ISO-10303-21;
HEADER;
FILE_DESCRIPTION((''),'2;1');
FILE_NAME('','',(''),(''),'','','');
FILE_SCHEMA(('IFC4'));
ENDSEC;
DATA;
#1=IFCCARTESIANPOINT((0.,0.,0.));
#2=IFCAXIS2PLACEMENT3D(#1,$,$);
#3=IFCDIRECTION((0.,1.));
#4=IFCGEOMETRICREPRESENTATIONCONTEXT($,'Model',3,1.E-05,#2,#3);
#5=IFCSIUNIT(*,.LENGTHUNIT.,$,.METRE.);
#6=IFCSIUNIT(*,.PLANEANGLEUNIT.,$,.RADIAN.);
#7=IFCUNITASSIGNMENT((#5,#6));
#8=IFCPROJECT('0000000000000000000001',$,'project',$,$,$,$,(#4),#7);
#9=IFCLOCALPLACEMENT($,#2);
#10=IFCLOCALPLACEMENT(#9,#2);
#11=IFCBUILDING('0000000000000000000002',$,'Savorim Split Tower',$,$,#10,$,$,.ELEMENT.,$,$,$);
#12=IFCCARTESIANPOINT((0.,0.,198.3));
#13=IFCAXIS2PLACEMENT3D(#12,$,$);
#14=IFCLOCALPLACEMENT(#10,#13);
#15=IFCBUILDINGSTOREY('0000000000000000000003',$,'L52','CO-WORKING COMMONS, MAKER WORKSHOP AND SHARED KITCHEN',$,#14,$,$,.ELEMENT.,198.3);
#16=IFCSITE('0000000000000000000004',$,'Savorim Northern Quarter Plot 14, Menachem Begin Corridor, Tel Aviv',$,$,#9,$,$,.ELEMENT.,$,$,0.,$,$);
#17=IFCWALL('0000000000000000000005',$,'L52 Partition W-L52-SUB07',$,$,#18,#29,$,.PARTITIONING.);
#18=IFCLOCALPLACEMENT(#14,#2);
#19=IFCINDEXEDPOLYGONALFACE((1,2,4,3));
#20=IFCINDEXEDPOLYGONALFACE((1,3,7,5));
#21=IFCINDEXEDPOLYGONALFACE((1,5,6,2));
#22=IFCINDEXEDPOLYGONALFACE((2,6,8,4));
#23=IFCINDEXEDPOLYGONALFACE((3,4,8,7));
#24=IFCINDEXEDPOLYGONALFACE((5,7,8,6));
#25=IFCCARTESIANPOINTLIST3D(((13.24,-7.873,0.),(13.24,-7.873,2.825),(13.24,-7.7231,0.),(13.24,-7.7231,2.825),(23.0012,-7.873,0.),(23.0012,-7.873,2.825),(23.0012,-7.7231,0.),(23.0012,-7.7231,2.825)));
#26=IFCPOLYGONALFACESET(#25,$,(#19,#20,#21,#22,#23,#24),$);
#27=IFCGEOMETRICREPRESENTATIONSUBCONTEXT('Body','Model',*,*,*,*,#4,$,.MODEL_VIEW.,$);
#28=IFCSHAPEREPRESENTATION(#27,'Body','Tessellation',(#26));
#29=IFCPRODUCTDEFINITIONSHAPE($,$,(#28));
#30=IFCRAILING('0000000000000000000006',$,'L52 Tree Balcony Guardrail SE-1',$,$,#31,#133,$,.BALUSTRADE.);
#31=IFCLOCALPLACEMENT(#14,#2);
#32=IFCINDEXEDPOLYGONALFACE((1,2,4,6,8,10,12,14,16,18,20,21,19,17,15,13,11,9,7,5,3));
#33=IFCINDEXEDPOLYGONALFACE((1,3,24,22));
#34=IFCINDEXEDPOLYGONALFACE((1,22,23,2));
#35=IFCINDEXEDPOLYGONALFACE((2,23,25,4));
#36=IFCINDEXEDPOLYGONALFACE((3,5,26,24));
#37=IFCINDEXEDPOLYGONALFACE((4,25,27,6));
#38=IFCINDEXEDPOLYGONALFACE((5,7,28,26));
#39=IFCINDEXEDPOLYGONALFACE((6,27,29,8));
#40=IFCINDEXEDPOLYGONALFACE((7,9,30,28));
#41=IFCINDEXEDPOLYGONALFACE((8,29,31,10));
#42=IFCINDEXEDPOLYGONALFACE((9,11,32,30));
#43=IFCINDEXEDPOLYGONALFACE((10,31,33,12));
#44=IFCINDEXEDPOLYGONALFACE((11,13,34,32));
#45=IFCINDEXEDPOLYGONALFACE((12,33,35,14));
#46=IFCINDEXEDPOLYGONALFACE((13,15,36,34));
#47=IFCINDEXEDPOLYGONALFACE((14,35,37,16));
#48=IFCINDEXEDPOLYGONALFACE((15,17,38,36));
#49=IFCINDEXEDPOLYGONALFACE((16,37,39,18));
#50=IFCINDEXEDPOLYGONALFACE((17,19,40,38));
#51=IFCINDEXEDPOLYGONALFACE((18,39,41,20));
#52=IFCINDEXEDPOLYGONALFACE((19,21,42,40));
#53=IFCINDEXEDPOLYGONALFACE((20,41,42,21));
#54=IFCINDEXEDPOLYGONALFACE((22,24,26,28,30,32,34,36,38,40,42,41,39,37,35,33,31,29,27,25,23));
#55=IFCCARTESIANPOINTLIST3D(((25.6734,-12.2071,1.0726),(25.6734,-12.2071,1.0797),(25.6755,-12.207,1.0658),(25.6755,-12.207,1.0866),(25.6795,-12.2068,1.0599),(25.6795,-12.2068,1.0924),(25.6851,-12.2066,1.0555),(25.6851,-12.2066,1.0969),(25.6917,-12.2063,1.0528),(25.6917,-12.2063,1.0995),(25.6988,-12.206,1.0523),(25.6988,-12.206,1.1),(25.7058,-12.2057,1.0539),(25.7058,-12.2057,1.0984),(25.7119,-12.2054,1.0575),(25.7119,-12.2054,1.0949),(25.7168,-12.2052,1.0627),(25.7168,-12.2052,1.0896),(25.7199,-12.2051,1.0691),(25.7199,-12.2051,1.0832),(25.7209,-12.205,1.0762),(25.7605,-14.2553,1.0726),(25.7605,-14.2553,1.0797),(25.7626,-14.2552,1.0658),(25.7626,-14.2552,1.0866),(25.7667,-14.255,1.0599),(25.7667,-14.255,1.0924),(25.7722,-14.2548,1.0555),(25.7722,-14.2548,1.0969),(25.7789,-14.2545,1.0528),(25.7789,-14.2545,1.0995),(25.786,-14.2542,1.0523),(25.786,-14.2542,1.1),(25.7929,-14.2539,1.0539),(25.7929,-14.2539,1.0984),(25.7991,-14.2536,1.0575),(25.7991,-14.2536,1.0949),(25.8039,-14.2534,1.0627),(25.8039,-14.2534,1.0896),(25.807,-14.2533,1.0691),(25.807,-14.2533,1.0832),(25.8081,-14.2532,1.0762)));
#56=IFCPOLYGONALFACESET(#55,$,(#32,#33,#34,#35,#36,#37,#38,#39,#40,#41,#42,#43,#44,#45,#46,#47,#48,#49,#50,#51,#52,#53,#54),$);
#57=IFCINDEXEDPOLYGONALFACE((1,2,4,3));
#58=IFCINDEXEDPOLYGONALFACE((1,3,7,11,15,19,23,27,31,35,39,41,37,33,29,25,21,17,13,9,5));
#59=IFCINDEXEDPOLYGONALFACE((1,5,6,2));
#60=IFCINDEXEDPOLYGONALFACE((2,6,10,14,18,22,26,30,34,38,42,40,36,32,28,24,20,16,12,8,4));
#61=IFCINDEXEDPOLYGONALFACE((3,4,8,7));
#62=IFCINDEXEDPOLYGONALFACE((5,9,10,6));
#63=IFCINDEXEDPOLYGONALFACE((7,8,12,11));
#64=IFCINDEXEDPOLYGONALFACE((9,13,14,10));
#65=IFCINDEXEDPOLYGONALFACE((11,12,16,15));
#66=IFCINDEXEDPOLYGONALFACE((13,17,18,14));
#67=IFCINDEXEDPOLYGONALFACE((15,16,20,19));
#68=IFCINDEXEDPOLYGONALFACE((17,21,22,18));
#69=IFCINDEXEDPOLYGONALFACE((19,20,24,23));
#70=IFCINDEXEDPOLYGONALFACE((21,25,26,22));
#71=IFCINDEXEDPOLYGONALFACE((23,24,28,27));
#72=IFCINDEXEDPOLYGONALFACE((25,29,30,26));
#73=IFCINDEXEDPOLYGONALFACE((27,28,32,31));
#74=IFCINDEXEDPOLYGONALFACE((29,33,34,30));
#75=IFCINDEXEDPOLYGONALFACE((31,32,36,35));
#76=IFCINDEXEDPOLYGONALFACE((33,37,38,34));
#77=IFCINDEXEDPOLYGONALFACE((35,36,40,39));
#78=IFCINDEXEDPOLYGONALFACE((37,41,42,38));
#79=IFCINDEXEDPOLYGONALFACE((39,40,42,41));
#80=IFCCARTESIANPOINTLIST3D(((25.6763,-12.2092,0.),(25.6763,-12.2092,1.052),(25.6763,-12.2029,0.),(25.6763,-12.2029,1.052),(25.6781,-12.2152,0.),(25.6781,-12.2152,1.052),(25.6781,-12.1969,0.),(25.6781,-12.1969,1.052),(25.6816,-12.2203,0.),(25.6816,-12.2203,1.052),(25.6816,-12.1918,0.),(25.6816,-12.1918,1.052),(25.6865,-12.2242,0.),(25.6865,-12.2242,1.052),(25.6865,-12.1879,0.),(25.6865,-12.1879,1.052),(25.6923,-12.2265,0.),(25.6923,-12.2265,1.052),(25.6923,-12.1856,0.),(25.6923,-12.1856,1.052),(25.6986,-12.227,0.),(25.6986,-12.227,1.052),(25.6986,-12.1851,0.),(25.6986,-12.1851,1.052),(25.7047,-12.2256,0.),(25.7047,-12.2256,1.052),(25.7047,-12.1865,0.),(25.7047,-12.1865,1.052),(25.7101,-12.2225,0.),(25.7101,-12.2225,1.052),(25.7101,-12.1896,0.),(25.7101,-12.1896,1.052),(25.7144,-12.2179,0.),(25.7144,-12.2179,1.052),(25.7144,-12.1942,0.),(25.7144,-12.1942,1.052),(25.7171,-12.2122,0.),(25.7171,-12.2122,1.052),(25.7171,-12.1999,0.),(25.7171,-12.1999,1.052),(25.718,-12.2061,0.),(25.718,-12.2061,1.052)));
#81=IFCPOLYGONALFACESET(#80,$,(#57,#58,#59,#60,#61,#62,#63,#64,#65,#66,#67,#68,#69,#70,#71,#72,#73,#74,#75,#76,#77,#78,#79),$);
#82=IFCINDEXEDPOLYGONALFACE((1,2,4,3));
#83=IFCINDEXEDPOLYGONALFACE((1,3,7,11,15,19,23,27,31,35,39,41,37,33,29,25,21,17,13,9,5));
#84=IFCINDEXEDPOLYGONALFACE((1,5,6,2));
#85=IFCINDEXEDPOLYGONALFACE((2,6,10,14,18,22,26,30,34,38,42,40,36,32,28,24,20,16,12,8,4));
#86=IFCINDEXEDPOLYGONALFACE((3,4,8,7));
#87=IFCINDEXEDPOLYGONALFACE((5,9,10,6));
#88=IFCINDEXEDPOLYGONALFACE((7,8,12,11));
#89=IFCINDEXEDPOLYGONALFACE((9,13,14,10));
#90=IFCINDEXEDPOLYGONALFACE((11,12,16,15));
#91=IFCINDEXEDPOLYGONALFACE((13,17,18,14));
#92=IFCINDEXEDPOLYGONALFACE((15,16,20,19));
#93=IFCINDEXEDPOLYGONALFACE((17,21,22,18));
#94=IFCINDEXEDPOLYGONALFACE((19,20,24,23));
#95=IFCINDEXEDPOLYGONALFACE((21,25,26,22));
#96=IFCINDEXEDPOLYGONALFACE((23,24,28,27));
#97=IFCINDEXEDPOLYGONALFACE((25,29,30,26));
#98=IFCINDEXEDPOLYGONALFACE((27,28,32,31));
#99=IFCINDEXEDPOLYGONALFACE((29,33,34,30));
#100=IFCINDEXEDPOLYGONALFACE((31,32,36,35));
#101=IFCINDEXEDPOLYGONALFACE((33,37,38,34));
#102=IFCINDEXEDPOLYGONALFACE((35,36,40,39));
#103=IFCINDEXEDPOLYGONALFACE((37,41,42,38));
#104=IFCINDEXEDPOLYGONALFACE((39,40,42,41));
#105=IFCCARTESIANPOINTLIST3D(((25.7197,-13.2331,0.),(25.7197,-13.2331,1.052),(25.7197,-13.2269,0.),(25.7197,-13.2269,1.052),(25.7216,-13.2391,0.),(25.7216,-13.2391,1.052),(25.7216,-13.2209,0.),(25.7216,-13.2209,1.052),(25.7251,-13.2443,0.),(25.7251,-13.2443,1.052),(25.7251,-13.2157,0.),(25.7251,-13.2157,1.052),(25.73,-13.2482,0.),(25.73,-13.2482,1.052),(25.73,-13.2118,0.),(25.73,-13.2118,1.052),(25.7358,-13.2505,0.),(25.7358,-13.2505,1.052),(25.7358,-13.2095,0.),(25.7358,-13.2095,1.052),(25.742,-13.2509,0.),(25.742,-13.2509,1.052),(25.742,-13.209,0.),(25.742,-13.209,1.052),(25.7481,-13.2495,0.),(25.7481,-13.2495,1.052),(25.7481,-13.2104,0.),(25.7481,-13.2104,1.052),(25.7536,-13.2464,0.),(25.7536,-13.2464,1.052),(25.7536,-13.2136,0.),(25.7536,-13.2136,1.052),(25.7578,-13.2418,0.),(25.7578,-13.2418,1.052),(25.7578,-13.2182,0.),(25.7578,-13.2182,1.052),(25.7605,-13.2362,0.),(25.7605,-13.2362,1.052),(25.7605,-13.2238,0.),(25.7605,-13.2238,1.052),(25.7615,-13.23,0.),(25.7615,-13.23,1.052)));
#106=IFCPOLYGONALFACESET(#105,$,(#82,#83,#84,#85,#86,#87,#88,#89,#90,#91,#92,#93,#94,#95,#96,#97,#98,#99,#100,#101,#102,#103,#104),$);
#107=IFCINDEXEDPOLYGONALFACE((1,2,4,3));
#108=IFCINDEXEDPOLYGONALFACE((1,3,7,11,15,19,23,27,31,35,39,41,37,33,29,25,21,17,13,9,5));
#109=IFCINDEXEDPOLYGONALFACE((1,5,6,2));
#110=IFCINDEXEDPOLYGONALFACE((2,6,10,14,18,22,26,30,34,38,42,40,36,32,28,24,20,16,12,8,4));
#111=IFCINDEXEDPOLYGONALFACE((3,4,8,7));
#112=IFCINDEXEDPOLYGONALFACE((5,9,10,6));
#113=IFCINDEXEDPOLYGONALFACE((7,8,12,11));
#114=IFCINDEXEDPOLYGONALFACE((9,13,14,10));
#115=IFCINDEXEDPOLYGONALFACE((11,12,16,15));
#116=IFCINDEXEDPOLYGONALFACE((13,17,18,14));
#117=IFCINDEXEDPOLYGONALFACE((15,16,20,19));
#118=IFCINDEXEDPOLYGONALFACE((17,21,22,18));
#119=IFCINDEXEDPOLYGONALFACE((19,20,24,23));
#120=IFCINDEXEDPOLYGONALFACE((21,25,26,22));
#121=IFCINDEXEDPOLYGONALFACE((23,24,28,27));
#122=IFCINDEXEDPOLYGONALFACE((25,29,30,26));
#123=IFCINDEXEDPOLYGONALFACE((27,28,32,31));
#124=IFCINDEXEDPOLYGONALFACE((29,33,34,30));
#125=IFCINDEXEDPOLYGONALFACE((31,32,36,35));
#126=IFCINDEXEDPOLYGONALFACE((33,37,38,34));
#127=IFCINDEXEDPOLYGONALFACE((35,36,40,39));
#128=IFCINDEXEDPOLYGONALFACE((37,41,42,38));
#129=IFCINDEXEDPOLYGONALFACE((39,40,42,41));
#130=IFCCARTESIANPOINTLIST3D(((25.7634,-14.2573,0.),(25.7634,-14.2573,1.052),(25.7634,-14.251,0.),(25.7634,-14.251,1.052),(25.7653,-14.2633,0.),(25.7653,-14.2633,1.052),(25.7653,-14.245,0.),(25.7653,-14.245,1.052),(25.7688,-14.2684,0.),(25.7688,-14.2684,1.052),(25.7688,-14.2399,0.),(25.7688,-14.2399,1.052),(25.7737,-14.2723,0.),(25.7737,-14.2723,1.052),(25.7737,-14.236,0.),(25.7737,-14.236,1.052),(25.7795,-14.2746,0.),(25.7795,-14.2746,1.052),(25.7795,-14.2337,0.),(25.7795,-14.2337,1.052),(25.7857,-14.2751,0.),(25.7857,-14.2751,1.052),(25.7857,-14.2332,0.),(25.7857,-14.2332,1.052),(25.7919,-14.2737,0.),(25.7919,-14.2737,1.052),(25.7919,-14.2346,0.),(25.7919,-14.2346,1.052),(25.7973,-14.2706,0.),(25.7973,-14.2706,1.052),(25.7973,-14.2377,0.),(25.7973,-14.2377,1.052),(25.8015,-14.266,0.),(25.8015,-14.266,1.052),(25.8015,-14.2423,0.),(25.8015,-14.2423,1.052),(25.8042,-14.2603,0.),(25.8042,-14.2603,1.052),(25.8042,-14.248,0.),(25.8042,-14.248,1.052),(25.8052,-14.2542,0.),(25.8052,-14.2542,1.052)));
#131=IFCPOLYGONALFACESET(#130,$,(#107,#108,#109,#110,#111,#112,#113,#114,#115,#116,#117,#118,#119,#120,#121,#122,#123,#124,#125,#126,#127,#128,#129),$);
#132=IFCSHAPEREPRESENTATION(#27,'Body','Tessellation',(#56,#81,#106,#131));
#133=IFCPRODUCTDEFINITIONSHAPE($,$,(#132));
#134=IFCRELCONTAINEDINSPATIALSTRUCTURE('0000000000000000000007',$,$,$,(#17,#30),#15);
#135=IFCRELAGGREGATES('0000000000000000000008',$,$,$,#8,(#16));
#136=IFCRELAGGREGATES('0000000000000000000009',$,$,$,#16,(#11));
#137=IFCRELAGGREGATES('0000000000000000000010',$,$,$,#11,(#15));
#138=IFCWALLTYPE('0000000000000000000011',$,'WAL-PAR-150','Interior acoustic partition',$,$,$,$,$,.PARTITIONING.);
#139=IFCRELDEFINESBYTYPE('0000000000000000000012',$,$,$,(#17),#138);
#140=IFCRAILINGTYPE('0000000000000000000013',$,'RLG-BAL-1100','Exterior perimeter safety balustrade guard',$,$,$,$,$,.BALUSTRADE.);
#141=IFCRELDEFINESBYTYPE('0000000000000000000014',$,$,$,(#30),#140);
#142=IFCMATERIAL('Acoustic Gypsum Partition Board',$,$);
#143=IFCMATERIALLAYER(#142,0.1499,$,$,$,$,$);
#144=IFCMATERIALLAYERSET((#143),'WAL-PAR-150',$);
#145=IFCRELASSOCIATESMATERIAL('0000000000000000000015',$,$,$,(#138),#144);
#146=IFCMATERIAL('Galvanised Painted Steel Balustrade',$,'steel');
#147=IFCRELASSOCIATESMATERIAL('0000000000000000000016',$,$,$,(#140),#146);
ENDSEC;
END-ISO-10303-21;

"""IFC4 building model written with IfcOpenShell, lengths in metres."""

from ifc_helpers import new_model, si_unit, direction, frame, frame_2d, origin, origin_2d, place, context, subcontext, project, spatial, rectangle, circle, extrude, material, layer, layer_set, type_object, element, save


model = new_model("IFC4")

# Units and contexts
model_context = context("Model", 3, precision=1e-05, world=origin(), true_north=direction((0.0, 1.0)))
body_context = subcontext(model_context, "Body", "Model", "MODEL_VIEW")
ifc_project = project(units=[si_unit("LENGTHUNIT", "METRE"), si_unit("PLANEANGLEUNIT", "RADIAN")], contexts=[model_context])

# Site, building, storey
site_placement = place(None, origin())
site = spatial("IfcSite", under=ifc_project, at=site_placement, Name="Savorim Northern Quarter Plot 14, Menachem Begin Corridor, Tel Aviv", CompositionType="ELEMENT", RefElevation=0.0)
building_placement = place(site_placement, origin())
building = spatial("IfcBuilding", under=site, at=building_placement, Name="Savorim Split Tower", CompositionType="ELEMENT")
storey_placement = place(building_placement, frame((0.0, 0.0, 198.3)))
storey = spatial("IfcBuildingStorey", under=building, at=storey_placement, Name="L52", Description="CO-WORKING COMMONS, MAKER WORKSHOP AND SHARED KITCHEN", CompositionType="ELEMENT", Elevation=198.3)

# Wall
ifc_material_1 = material(Name="Acoustic Gypsum Partition Board")
ifc_layer_1 = layer(ifc_material_1, 0.1499)
ifc_layer_set_1 = layer_set([ifc_layer_1], Name="WAL-PAR-150")
wall_type_1 = type_object("IfcWallType", Name="WAL-PAR-150", Description="Interior acoustic partition", PredefinedType="PARTITIONING", material=ifc_layer_set_1)
wall_1_placement = place(storey_placement, frame((13.24, -7.7981, 0.0), z_axis=(0.0, 0.0, 1.0), x_axis=(1.0, 0.0, 0.0)))
element("IfcWall", 1, at=wall_1_placement, inside=storey, type_object=wall_type_1, Name="L52 Partition W-L52-SUB07", PredefinedType="PARTITIONING", context=body_context, shape_type="SweptSolid", body=[
    extrude(rectangle(XDim=9.7612, YDim=0.1499, at=frame_2d((4.8806, 0.0))), origin(), (0.0, 0.0, 1.0), 2.825),
])

# Railing
ifc_material_2 = material(Name="Galvanised Painted Steel Balustrade", Category="steel")
railing_type = type_object("IfcRailingType", Name="RLG-BAL-1100", Description="Exterior perimeter safety balustrade guard", PredefinedType="BALUSTRADE", material=ifc_material_2)
railing_1_placement = place(storey_placement, frame((25.697, -12.2061, 0.0)))
element("IfcRailing", 2, at=railing_1_placement, inside=storey, type_object=railing_type, Name="L52 Tree Balcony Guardrail SE-1", PredefinedType="BALUSTRADE", context=body_context, shape_type="SweptSolid", body=[
    extrude(circle(Radius=0.0239, at=origin_2d()), frame((0.0, 0.0, 1.0762), z_axis=(0.042517, -0.999096, 0.0), x_axis=(0.999096, 0.042517, 0.0)), (0.0, 0.0, 1.0), 2.05),
    extrude(circle(Radius=0.021, at=origin_2d()), origin(), (0.0, 0.0, 1.0), 1.052),
    extrude(circle(Radius=0.021, at=origin_2d()), frame((0.0435, -1.0239, 0.0)), (0.0, 0.0, 1.0), 1.052),
    extrude(circle(Radius=0.021, at=origin_2d()), frame((0.0872, -2.0481, 0.0)), (0.0, 0.0, 1.0), 1.052),
])

save(model, "model.ifc")
